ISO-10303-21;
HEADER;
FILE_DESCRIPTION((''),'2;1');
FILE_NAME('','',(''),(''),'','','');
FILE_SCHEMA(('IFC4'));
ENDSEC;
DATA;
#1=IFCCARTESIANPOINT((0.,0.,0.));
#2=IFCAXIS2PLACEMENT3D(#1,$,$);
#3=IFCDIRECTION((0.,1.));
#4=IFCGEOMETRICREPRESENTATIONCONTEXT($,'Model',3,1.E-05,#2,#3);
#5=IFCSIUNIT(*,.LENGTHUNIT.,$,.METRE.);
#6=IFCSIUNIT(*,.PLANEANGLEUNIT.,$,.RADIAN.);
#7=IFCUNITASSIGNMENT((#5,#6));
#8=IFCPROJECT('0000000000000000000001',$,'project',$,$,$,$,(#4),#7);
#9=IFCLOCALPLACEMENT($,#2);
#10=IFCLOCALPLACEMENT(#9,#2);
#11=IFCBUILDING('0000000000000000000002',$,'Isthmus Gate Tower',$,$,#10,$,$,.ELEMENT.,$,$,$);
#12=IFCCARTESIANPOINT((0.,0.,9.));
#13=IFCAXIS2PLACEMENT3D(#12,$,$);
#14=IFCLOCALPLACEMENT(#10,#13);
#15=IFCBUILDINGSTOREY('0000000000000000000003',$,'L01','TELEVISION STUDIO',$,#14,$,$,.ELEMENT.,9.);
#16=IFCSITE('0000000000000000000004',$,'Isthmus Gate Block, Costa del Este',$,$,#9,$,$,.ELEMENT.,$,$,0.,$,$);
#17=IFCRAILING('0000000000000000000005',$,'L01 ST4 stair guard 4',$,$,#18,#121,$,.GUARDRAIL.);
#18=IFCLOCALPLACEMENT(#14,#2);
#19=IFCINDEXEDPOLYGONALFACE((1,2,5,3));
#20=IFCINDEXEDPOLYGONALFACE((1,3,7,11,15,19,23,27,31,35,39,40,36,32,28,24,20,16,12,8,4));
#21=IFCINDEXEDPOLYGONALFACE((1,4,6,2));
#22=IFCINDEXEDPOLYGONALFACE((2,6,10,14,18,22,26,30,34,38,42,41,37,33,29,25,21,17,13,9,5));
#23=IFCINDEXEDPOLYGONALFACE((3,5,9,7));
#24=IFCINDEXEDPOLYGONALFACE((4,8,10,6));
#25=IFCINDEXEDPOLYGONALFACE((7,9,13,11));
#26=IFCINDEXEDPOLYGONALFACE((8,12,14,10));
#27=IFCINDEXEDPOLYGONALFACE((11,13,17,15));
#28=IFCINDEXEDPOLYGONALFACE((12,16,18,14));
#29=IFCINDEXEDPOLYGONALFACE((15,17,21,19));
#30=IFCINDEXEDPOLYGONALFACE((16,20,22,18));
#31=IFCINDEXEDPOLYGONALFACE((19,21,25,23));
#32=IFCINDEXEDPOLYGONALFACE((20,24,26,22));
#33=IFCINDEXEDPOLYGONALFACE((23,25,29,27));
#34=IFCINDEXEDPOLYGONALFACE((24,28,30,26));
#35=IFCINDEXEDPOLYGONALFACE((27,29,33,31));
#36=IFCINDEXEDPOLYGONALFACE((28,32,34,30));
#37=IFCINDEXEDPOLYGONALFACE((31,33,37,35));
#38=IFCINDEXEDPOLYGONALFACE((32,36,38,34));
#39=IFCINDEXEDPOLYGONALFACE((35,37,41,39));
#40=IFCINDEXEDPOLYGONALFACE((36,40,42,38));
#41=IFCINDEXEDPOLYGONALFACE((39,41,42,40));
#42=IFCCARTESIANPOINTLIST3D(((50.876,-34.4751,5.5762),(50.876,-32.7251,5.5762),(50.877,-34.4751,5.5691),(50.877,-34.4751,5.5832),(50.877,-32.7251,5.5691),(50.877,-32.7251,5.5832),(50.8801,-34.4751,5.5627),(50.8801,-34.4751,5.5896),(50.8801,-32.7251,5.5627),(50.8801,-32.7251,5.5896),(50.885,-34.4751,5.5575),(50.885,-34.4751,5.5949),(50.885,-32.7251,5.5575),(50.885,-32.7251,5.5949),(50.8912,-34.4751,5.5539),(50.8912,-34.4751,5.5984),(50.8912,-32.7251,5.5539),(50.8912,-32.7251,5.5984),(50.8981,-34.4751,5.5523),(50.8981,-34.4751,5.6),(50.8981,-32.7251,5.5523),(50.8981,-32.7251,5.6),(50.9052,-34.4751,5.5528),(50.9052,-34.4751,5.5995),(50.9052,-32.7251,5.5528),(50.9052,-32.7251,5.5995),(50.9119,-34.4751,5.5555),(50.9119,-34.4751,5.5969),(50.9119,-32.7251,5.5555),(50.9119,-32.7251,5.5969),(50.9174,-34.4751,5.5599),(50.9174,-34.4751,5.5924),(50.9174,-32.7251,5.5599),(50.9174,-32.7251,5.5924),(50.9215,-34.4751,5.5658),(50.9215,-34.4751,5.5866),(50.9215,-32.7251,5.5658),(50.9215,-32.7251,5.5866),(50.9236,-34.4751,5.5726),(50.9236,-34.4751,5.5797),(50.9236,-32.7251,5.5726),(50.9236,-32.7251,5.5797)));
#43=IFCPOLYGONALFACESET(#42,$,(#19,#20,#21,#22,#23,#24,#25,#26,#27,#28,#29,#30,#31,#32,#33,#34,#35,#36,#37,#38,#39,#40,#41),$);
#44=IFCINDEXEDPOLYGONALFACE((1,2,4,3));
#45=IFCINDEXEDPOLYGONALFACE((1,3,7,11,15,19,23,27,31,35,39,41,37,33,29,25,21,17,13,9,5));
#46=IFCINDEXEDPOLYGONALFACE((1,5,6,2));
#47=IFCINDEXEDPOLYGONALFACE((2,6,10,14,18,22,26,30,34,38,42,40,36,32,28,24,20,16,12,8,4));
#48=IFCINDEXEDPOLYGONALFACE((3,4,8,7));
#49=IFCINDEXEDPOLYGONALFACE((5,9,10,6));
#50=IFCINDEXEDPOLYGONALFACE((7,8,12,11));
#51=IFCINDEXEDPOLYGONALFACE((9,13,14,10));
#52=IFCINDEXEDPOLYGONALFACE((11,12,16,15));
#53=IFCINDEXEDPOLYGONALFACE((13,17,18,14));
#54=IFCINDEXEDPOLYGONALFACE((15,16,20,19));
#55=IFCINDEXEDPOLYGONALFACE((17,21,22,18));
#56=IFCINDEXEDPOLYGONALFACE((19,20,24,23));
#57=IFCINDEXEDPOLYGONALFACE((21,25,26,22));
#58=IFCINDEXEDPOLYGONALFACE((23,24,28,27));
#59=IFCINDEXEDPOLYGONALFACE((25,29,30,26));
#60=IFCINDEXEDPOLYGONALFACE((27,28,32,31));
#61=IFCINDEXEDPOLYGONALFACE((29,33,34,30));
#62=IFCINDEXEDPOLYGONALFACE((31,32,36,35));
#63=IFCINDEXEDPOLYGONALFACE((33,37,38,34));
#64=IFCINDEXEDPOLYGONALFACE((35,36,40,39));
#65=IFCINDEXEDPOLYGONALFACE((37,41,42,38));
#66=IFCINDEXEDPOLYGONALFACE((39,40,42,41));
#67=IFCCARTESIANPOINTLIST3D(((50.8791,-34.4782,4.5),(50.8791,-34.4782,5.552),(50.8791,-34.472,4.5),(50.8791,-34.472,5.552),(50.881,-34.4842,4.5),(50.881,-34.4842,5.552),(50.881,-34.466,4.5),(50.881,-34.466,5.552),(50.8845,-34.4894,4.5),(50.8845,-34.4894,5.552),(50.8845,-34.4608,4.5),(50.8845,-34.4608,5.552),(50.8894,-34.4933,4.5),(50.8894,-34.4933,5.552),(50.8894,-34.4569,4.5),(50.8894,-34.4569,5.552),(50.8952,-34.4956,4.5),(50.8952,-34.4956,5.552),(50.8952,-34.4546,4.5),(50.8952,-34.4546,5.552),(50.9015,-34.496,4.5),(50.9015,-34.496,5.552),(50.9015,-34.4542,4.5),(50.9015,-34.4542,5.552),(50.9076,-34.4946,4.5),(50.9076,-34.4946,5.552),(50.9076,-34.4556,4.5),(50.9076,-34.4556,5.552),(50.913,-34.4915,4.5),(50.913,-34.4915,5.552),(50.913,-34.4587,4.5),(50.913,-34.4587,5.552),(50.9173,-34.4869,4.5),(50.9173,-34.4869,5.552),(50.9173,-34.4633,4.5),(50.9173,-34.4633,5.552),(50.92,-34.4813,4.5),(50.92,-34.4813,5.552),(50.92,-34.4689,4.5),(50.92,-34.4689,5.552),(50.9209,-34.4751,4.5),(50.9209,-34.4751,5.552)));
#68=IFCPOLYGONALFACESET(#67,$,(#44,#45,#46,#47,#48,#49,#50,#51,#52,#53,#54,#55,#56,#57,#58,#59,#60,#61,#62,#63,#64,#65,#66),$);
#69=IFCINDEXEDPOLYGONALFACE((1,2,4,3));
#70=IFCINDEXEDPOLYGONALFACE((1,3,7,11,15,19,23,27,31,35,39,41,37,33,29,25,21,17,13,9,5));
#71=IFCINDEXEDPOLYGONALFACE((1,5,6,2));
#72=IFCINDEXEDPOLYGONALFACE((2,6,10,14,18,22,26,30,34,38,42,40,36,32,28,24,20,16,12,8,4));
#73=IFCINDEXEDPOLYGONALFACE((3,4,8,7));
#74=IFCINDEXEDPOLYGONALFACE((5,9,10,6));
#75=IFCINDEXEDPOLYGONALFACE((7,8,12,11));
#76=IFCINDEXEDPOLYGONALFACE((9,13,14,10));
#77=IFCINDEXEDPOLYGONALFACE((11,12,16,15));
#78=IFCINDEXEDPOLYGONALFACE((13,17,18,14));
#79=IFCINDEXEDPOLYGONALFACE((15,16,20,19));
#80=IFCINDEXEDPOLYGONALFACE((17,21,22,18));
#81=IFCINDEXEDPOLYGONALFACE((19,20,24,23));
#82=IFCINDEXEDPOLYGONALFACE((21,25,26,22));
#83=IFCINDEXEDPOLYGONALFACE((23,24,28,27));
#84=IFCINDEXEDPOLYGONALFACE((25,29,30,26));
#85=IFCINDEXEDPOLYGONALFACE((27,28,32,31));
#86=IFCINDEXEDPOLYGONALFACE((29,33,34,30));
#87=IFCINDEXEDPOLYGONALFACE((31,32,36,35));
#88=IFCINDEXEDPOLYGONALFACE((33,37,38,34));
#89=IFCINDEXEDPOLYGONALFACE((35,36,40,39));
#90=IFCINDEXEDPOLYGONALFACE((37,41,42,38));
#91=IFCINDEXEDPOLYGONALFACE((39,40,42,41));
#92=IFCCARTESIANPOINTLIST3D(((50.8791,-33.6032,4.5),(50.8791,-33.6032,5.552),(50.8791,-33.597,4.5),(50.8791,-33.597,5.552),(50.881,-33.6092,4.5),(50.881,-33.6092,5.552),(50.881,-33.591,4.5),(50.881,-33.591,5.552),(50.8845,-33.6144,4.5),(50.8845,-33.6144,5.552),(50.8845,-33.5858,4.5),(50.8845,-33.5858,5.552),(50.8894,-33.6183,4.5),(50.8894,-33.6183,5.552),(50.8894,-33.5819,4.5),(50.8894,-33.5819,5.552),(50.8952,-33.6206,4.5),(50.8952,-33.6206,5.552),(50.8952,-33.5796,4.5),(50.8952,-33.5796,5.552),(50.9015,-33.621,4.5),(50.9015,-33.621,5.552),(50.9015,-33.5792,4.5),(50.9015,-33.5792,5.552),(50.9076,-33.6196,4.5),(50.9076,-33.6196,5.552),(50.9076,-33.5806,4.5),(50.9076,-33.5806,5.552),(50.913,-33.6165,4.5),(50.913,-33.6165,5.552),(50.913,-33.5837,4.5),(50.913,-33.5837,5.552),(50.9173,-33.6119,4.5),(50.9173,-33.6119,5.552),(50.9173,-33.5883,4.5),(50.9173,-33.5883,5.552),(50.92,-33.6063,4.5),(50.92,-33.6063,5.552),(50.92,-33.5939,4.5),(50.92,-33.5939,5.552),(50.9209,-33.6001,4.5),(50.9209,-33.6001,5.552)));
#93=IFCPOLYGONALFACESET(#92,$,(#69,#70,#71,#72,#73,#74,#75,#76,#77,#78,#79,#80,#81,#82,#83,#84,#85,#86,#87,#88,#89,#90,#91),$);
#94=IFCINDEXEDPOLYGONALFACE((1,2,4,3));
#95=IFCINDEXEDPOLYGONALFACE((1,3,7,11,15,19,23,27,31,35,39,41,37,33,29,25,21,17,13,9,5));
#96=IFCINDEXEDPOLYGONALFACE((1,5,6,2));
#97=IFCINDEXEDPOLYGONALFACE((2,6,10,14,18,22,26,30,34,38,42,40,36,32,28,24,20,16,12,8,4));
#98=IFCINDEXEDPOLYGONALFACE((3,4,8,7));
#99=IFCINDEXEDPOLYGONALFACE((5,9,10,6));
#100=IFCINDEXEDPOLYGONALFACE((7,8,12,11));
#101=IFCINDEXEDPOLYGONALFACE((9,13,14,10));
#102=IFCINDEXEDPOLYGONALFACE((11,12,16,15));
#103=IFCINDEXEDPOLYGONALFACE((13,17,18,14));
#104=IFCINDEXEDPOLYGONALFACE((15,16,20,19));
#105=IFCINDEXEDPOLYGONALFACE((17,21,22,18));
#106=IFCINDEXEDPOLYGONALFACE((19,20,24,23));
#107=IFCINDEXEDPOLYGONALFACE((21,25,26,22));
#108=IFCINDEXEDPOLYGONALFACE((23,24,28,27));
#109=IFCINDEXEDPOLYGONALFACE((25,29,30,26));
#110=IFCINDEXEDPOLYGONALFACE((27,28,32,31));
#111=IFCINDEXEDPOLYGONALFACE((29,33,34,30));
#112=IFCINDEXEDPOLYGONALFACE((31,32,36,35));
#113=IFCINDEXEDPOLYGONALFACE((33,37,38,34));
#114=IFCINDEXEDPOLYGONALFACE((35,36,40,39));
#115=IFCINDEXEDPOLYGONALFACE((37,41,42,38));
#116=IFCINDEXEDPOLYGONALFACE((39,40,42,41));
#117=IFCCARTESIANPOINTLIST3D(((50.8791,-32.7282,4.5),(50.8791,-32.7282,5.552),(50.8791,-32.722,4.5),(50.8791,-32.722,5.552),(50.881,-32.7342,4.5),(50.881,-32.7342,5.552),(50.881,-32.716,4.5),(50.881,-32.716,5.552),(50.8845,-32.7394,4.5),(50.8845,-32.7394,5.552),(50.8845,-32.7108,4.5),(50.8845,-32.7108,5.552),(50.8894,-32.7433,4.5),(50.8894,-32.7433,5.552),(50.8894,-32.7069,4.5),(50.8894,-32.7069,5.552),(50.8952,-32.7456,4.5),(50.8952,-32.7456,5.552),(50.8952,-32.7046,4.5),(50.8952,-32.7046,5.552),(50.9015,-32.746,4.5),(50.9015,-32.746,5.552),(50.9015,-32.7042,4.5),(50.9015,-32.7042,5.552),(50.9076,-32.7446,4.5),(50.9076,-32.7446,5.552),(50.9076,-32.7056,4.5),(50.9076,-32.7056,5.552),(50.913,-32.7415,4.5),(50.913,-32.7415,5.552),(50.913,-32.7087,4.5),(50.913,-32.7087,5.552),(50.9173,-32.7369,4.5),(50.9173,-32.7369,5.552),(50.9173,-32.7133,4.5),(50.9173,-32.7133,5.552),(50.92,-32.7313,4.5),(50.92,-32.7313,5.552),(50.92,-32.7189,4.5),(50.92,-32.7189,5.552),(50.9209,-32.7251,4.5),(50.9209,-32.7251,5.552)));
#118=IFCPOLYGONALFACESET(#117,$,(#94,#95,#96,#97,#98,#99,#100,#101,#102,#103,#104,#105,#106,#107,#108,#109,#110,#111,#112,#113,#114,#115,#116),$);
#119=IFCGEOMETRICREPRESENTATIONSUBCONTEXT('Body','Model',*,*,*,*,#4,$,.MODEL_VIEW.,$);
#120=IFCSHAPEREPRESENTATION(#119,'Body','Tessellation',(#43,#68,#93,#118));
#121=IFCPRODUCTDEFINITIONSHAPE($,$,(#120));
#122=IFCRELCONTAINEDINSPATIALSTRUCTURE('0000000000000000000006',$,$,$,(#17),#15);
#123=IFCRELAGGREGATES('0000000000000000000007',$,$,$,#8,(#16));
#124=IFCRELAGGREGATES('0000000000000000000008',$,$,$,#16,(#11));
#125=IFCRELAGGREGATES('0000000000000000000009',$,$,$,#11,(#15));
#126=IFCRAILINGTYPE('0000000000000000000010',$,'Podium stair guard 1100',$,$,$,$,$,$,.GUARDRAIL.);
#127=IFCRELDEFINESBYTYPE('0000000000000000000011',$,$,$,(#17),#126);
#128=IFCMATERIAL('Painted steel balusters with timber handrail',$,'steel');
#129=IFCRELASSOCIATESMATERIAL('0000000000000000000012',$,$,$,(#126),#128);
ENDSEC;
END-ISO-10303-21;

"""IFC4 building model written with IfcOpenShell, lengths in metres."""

from ifc_helpers import new_model, si_unit, direction, frame, origin, origin_2d, place, context, subcontext, project, spatial, circle, extrude, material, type_object, element, save


model = new_model("IFC4")

# Units and contexts
model_context = context("Model", 3, precision=1e-05, world=origin(), true_north=direction((0.0, 1.0)))
body_context = subcontext(model_context, "Body", "Model", "MODEL_VIEW")
ifc_project = project(units=[si_unit("LENGTHUNIT", "METRE"), si_unit("PLANEANGLEUNIT", "RADIAN")], contexts=[model_context])

# Site, building, storey
site_placement = place(None, origin())
site = spatial("IfcSite", under=ifc_project, at=site_placement, Name="Isthmus Gate Block, Costa del Este", CompositionType="ELEMENT", RefElevation=0.0)
building_placement = place(site_placement, origin())
building = spatial("IfcBuilding", under=site, at=building_placement, Name="Isthmus Gate Tower", CompositionType="ELEMENT")
storey_placement = place(building_placement, frame((0.0, 0.0, 9.0)))
storey = spatial("IfcBuildingStorey", under=building, at=storey_placement, Name="L01", Description="TELEVISION STUDIO", CompositionType="ELEMENT", Elevation=9.0)

# Railing
ifc_material_1 = material(Name="Painted steel balusters with timber handrail", Category="steel")
railing_type_1 = type_object("IfcRailingType", Name="Podium stair guard 1100", PredefinedType="GUARDRAIL", material=ifc_material_1)
railing_1_placement = place(storey_placement, frame((50.8999, -34.4751, 4.5)))
element("IfcRailing", 1, at=railing_1_placement, inside=storey, type_object=railing_type_1, Name="L01 ST4 stair guard 4", PredefinedType="GUARDRAIL", context=body_context, shape_type="SweptSolid", body=[
    extrude(circle(Radius=0.0239, at=origin_2d()), frame((0.0, 0.0, 1.0762), z_axis=(0.0, 1.0, 0.0), x_axis=(-1.0, 0.0, 0.0)), (0.0, 0.0, 1.0), 1.75),
    extrude(circle(Radius=0.021, at=origin_2d()), origin(), (0.0, 0.0, 1.0), 1.052),
    extrude(circle(Radius=0.021, at=origin_2d()), frame((0.0, 0.875, 0.0)), (0.0, 0.0, 1.0), 1.052),
    extrude(circle(Radius=0.021, at=origin_2d()), frame((0.0, 1.75, 0.0)), (0.0, 0.0, 1.0), 1.052),
])

save(model, "model.ifc")
